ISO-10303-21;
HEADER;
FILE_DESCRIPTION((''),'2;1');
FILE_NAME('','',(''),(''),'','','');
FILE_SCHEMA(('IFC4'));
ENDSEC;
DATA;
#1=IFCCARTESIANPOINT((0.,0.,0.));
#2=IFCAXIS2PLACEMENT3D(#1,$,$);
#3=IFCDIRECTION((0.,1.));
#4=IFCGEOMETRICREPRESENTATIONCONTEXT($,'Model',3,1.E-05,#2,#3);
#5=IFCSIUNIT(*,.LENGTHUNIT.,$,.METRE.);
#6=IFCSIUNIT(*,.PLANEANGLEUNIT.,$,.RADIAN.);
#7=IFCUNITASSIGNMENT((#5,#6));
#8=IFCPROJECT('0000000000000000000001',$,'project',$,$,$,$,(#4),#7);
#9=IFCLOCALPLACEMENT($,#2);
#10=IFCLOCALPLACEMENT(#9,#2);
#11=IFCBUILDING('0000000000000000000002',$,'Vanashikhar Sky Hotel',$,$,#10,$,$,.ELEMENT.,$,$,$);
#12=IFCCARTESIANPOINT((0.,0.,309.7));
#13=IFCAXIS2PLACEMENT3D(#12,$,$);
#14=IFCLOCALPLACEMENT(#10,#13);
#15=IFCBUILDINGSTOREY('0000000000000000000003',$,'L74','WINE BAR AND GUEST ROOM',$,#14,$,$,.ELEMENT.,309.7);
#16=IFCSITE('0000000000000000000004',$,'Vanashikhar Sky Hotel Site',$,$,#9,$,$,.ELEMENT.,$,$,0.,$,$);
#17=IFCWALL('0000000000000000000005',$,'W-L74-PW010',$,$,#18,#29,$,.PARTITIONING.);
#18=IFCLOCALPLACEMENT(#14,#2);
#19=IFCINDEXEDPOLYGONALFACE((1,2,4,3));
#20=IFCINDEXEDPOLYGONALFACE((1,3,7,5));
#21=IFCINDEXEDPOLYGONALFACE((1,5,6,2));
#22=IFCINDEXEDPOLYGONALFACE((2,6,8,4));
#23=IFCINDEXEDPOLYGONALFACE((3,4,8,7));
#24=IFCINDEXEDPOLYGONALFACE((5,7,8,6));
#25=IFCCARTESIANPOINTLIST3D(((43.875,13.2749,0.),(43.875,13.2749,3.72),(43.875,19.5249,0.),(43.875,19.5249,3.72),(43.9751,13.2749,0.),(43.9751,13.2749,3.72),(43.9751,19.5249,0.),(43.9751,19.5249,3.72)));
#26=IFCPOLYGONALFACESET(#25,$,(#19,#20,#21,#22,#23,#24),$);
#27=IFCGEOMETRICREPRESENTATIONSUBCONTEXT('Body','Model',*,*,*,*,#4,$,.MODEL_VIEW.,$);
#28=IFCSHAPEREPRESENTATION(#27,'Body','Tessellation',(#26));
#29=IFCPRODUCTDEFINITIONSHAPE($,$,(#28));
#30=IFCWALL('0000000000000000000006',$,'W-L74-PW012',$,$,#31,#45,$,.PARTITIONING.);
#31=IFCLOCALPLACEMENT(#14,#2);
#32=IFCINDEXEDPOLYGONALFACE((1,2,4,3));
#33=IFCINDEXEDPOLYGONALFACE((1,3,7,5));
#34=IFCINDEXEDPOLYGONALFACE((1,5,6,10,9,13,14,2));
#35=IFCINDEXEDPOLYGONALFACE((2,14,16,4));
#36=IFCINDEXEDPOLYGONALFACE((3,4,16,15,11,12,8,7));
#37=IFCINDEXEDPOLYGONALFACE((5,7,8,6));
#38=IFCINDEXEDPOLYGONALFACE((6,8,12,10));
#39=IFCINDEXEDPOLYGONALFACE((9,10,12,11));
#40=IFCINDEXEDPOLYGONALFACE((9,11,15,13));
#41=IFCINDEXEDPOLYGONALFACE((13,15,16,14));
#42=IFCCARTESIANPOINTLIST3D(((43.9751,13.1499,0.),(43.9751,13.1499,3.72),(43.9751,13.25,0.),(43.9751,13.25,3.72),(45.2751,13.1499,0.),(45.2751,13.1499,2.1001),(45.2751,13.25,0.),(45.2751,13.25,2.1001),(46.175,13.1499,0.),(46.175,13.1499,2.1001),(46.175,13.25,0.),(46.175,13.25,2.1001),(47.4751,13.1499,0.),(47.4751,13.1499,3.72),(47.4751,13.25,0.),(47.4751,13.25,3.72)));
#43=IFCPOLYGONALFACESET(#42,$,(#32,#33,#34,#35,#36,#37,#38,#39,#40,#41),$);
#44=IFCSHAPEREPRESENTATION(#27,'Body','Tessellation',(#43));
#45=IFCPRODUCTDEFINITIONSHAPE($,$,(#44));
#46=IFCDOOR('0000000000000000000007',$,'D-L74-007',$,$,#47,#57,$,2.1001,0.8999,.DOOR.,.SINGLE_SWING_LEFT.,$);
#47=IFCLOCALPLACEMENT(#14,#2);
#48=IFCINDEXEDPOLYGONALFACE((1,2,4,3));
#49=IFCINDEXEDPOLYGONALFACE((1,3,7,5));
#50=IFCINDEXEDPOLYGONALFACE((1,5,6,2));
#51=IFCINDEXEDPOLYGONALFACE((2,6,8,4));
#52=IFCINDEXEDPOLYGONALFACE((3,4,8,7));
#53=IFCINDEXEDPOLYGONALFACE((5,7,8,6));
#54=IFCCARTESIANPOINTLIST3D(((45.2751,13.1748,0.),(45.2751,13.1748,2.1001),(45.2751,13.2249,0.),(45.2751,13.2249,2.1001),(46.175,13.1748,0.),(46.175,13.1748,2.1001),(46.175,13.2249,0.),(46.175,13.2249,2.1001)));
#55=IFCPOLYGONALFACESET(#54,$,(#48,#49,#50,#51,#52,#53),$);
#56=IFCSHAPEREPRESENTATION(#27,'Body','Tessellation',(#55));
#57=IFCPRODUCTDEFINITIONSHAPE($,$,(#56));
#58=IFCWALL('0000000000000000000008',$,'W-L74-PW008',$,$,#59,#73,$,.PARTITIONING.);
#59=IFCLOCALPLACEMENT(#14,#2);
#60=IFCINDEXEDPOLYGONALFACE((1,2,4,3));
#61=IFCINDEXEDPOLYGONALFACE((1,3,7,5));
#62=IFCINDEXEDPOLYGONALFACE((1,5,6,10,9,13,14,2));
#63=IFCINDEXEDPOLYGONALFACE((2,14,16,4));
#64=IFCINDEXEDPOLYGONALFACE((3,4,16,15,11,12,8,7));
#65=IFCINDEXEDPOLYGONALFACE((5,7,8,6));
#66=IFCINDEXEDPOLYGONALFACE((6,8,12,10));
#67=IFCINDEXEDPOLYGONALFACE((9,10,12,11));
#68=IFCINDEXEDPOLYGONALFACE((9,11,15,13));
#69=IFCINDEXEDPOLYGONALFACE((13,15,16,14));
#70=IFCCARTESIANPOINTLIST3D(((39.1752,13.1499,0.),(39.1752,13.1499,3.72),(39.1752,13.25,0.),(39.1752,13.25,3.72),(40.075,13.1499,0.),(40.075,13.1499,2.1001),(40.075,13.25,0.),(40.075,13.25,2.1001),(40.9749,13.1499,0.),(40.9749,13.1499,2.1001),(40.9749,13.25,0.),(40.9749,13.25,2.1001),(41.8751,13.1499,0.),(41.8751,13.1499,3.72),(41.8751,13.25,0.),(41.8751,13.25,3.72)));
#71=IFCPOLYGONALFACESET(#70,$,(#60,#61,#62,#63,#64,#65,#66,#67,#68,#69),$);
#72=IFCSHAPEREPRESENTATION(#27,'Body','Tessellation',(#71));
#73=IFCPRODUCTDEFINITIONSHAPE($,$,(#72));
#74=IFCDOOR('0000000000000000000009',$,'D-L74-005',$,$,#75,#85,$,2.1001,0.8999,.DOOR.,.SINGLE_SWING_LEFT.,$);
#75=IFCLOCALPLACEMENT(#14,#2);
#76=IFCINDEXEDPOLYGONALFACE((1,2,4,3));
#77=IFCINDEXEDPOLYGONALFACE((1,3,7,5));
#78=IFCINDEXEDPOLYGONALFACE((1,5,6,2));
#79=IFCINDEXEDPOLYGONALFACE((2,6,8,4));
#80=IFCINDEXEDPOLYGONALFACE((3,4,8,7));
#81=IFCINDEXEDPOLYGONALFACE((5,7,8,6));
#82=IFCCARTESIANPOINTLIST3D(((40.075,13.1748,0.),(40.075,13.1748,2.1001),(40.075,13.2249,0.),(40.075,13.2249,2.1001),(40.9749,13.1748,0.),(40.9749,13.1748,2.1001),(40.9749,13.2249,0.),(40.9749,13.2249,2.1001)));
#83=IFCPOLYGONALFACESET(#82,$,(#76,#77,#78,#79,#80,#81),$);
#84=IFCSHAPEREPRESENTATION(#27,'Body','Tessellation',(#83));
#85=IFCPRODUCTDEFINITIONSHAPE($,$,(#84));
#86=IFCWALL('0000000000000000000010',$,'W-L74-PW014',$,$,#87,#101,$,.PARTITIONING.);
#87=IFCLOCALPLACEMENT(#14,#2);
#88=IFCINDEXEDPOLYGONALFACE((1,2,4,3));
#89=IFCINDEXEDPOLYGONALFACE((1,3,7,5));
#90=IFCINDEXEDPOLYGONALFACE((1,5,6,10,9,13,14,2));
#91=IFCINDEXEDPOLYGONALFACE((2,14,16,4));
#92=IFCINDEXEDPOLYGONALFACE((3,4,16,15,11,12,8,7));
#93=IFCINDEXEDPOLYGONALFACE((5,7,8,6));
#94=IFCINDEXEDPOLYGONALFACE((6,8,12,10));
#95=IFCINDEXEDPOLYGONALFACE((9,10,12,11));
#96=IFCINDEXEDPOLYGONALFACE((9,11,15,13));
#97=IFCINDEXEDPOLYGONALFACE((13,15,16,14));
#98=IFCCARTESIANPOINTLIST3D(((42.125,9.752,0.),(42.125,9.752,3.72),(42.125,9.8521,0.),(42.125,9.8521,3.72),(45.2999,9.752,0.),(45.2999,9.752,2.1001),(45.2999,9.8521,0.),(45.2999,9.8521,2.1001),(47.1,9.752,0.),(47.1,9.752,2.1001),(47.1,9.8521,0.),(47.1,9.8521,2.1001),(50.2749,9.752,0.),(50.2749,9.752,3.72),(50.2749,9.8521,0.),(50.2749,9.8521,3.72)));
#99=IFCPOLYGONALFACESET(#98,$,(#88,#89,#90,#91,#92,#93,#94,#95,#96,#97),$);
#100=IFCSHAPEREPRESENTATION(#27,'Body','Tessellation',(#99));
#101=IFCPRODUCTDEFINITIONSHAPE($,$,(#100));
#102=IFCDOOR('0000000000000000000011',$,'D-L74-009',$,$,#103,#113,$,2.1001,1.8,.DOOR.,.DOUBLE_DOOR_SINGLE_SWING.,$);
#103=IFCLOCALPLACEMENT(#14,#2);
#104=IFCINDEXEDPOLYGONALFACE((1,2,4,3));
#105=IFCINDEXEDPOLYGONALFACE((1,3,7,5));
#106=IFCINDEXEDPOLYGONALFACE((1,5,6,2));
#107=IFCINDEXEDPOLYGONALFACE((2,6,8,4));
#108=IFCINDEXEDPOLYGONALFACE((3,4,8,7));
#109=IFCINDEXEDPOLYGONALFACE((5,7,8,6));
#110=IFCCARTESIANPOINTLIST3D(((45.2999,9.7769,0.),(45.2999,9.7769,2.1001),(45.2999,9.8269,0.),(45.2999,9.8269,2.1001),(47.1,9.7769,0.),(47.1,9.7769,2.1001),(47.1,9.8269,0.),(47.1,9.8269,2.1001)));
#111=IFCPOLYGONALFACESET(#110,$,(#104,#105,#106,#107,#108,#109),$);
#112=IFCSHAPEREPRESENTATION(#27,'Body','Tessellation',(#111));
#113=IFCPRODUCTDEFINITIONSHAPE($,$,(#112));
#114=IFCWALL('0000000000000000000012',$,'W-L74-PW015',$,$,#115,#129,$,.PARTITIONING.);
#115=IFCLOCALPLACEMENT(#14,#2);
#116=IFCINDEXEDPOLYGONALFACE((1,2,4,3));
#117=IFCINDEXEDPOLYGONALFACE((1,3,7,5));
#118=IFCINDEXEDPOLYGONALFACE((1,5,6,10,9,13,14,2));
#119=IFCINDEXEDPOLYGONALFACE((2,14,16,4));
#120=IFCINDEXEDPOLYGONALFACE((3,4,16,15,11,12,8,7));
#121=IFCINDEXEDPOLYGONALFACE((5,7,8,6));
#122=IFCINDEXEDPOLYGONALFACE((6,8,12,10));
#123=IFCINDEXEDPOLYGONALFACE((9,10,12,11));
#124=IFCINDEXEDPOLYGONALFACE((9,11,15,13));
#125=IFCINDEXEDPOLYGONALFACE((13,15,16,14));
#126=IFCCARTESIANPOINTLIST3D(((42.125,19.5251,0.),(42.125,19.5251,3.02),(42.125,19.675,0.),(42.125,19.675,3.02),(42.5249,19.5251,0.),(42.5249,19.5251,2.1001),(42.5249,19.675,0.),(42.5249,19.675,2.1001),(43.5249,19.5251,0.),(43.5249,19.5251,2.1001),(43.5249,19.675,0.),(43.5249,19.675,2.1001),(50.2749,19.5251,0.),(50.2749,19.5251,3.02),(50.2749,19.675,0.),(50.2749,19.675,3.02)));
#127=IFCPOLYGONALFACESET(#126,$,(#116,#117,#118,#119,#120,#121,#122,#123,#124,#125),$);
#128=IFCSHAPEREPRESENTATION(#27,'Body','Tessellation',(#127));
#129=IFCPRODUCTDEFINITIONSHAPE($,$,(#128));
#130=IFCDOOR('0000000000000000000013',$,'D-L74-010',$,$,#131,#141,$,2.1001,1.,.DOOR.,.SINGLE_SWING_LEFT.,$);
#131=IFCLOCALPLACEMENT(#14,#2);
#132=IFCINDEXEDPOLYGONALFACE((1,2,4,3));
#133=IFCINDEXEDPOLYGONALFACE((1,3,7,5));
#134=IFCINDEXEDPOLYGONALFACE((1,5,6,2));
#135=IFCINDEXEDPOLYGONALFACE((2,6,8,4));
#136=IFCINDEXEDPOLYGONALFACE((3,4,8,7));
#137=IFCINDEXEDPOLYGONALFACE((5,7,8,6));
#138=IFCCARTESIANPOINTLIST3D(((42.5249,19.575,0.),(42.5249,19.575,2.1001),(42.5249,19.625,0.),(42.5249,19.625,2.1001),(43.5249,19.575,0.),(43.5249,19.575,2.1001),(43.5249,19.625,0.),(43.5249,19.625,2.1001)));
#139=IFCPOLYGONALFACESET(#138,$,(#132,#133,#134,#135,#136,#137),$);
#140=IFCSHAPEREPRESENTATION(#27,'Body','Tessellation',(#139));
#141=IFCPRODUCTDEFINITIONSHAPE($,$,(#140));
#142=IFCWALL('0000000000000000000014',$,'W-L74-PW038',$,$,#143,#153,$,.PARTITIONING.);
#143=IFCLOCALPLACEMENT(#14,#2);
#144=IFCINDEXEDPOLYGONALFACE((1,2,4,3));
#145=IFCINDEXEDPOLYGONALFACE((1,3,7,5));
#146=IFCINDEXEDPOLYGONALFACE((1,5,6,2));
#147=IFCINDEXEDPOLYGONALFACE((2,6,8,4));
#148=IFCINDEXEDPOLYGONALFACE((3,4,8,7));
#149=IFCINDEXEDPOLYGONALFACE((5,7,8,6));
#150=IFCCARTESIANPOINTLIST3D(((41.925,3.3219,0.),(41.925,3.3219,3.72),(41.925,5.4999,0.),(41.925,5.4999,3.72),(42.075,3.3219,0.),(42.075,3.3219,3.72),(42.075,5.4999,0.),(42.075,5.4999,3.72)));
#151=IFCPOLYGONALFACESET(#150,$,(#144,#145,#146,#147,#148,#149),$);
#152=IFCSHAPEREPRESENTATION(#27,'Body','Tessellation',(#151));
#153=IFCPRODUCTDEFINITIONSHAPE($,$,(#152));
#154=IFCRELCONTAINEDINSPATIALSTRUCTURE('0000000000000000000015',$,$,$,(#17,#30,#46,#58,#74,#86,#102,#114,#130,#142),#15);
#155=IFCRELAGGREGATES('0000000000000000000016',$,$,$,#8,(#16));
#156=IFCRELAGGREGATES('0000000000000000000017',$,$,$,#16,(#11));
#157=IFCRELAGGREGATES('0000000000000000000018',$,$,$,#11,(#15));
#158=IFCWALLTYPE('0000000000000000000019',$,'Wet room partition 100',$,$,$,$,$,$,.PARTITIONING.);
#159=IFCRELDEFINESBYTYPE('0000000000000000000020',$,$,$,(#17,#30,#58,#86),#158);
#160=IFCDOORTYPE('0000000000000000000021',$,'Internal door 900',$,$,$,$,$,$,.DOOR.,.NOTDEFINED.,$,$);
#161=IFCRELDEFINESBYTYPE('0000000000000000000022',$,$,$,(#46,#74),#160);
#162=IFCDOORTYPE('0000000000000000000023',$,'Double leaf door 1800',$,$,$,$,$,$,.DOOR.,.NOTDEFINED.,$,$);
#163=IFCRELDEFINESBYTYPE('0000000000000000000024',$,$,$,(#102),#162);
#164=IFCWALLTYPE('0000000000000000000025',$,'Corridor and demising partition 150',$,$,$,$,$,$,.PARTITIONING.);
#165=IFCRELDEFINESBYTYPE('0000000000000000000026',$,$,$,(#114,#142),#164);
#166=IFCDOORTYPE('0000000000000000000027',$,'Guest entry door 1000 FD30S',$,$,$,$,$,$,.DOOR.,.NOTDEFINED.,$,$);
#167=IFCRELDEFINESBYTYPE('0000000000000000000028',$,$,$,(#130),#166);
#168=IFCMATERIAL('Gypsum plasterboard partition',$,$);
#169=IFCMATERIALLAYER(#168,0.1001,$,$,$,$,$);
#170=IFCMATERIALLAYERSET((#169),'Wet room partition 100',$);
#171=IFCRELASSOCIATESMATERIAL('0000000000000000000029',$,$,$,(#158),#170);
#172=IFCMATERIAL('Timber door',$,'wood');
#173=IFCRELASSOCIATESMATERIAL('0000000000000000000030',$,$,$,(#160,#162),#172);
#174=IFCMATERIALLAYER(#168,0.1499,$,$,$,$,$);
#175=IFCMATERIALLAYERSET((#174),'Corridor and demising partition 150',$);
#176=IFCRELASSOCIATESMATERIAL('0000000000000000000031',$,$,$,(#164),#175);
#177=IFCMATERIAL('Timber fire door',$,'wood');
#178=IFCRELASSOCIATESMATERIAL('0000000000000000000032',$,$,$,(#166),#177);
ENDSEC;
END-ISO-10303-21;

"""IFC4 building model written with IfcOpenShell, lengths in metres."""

from ifc_helpers import new_model, si_unit, direction, frame, frame_2d, origin, place, context, subcontext, project, spatial, rectangle, extrude, source, transform, mapped, material, layer, layer_set, type_object, element, fill, save


model = new_model("IFC4")

# Units and contexts
model_context = context("Model", 3, precision=1e-05, world=origin(), true_north=direction((0.0, 1.0)))
body_context = subcontext(model_context, "Body", "Model", "MODEL_VIEW")
ifc_project = project(units=[si_unit("LENGTHUNIT", "METRE"), si_unit("PLANEANGLEUNIT", "RADIAN")], contexts=[model_context])

# Site, building, storey
site_placement = place(None, origin())
site = spatial("IfcSite", under=ifc_project, at=site_placement, Name="Vanashikhar Sky Hotel Site", CompositionType="ELEMENT", RefElevation=0.0)
building_placement = place(site_placement, origin())
building = spatial("IfcBuilding", under=site, at=building_placement, Name="Vanashikhar Sky Hotel", CompositionType="ELEMENT")
storey_placement = place(building_placement, frame((0.0, 0.0, 309.7)))
storey = spatial("IfcBuildingStorey", under=building, at=storey_placement, Name="L74", Description="WINE BAR AND GUEST ROOM", CompositionType="ELEMENT", Elevation=309.7)

# Wall
ifc_material_1 = material(Name="Gypsum plasterboard partition")
ifc_layer_1 = layer(ifc_material_1, 0.1001)
ifc_layer_set_1 = layer_set([ifc_layer_1], Name="Wet room partition 100")
wall_type_1 = type_object("IfcWallType", Name="Wet room partition 100", PredefinedType="PARTITIONING", material=ifc_layer_set_1)
shared_shape_1 = source(origin(), body_context, "Body", "SweptSolid", [
    extrude(rectangle(XDim=6.25, YDim=0.1001, at=frame_2d((3.125, 0.0))), origin(), (0.0, 0.0, 1.0), 3.72),
])
for number, where, z_axis, x_axis, name in (
    (1, (43.925, 13.2749, 0.0), (0.0, 0.0, 1.0), (0.0, 1.0, 0.0), "W-L74-PW010"),
):
    element("IfcWall", number, at=place(storey_placement, frame(where, z_axis=z_axis, x_axis=x_axis)), inside=storey, type_object=wall_type_1, Name=name, PredefinedType="PARTITIONING", context=body_context, shape_type="MappedRepresentation", body=[
        mapped(shared_shape_1, transform((0.0, 0.0, 0.0), scale=1.0)),
    ])

# Walls, openings, doors
shared_shape_2 = source(origin(), body_context, "Body", "SweptSolid", [
    extrude(rectangle(XDim=3.5, YDim=0.1001, at=frame_2d((1.75, 0.0))), origin(), (0.0, 0.0, 1.0), 3.72),
])
wall_1_placement = place(storey_placement, frame((43.9751, 13.2, 0.0), z_axis=(0.0, 0.0, 1.0), x_axis=(1.0, 0.0, 0.0)))
wall_1 = element("IfcWall", 2, at=wall_1_placement, inside=storey, type_object=wall_type_1, Name="W-L74-PW012", PredefinedType="PARTITIONING", context=body_context, shape_type="MappedRepresentation", body=[
    mapped(shared_shape_2, transform((0.0, 0.0, 0.0), scale=1.0)),
])
shared_shape_3 = source(origin(), body_context, "Body", "SweptSolid", [
    extrude(rectangle(XDim=0.8999, YDim=2.1001, at=frame_2d((0.45, 1.05))), frame((0.0, 0.0601, 0.0), z_axis=(0.0, -1.0, 0.0), x_axis=(1.0, 0.0, 0.0)), (0.0, 0.0, 1.0), 0.1201),
])
opening_1_placement = place(wall_1_placement, frame((1.3, 0.0, 0.0)))
opening_1 = element("IfcOpeningElement", 3, at=opening_1_placement, cuts=wall_1, PredefinedType="OPENING", context=body_context, shape_type="MappedRepresentation", body=[
    mapped(shared_shape_3, transform((0.0, 0.0, 0.0), scale=1.0)),
])
ifc_material_2 = material(Name="Timber door", Category="wood")
door_type_1 = type_object("IfcDoorType", Name="Internal door 900", OperationType="NOTDEFINED", PredefinedType="DOOR", material=ifc_material_2)
shared_shape_4 = source(origin(), body_context, "Body", "SweptSolid", [
    extrude(rectangle(XDim=0.8999, YDim=2.1001, at=frame_2d((0.45, 1.05))), frame((0.0, 0.0249, 0.0), z_axis=(0.0, -1.0, 0.0), x_axis=(1.0, 0.0, 0.0)), (0.0, 0.0, 1.0), 0.05),
])
door_1_placement = place(opening_1_placement, origin())
door_1 = element("IfcDoor", 4, at=door_1_placement, inside=storey, type_object=door_type_1, Name="D-L74-007", OperationType="SINGLE_SWING_LEFT", OverallHeight=2.1001, OverallWidth=0.8999, PredefinedType="DOOR", context=body_context, shape_type="MappedRepresentation", body=[
    mapped(shared_shape_4, transform((0.0, 0.0, 0.0), scale=1.0)),
])
fill(opening_1, door_1)
shared_shape_5 = source(origin(), body_context, "Body", "SweptSolid", [
    extrude(rectangle(XDim=2.7, YDim=0.1001, at=frame_2d((1.3501, 0.0))), origin(), (0.0, 0.0, 1.0), 3.72),
])
wall_2_placement = place(storey_placement, frame((39.175, 13.2, 0.0), z_axis=(0.0, 0.0, 1.0), x_axis=(1.0, 0.0, 0.0)))
wall_2 = element("IfcWall", 5, at=wall_2_placement, inside=storey, type_object=wall_type_1, Name="W-L74-PW008", PredefinedType="PARTITIONING", context=body_context, shape_type="MappedRepresentation", body=[
    mapped(shared_shape_5, transform((0.0, 0.0, 0.0), scale=1.0)),
])
opening_2_placement = place(wall_2_placement, frame((0.8999, 0.0, 0.0)))
opening_2 = element("IfcOpeningElement", 6, at=opening_2_placement, cuts=wall_2, PredefinedType="OPENING", context=body_context, shape_type="MappedRepresentation", body=[
    mapped(shared_shape_3, transform((0.0, 0.0, 0.0), scale=1.0)),
])
door_2_placement = place(opening_2_placement, origin())
door_2 = element("IfcDoor", 7, at=door_2_placement, inside=storey, type_object=door_type_1, Name="D-L74-005", OperationType="SINGLE_SWING_LEFT", OverallHeight=2.1001, OverallWidth=0.8999, PredefinedType="DOOR", context=body_context, shape_type="MappedRepresentation", body=[
    mapped(shared_shape_4, transform((0.0, 0.0, 0.0), scale=1.0)),
])
fill(opening_2, door_2)
shared_shape_6 = source(origin(), body_context, "Body", "SweptSolid", [
    extrude(rectangle(XDim=8.1499, YDim=0.1001, at=frame_2d((4.075, 0.0))), origin(), (0.0, 0.0, 1.0), 3.72),
])
wall_3_placement = place(storey_placement, frame((42.125, 9.802, 0.0), z_axis=(0.0, 0.0, 1.0), x_axis=(1.0, 0.0, 0.0)))
wall_3 = element("IfcWall", 8, at=wall_3_placement, inside=storey, type_object=wall_type_1, Name="W-L74-PW014", PredefinedType="PARTITIONING", context=body_context, shape_type="MappedRepresentation", body=[
    mapped(shared_shape_6, transform((0.0, 0.0, 0.0), scale=1.0)),
])
shared_shape_7 = source(origin(), body_context, "Body", "SweptSolid", [
    extrude(rectangle(XDim=1.8, YDim=2.1001, at=frame_2d((0.8999, 1.05))), frame((0.0, 0.0601, 0.0), z_axis=(0.0, -1.0, 0.0), x_axis=(1.0, 0.0, 0.0)), (0.0, 0.0, 1.0), 0.1201),
])
opening_3_placement = place(wall_3_placement, frame((3.175, 0.0, 0.0)))
opening_3 = element("IfcOpeningElement", 9, at=opening_3_placement, cuts=wall_3, PredefinedType="OPENING", context=body_context, shape_type="MappedRepresentation", body=[
    mapped(shared_shape_7, transform((0.0, 0.0, 0.0), scale=1.0)),
])
door_type_2 = type_object("IfcDoorType", Name="Double leaf door 1800", OperationType="NOTDEFINED", PredefinedType="DOOR", material=ifc_material_2)
shared_shape_8 = source(origin(), body_context, "Body", "SweptSolid", [
    extrude(rectangle(XDim=1.8, YDim=2.1001, at=frame_2d((0.8999, 1.05))), frame((0.0, 0.0249, 0.0), z_axis=(0.0, -1.0, 0.0), x_axis=(1.0, 0.0, 0.0)), (0.0, 0.0, 1.0), 0.05),
])
door_3_placement = place(opening_3_placement, origin())
door_3 = element("IfcDoor", 10, at=door_3_placement, inside=storey, type_object=door_type_2, Name="D-L74-009", OperationType="DOUBLE_DOOR_SINGLE_SWING", OverallHeight=2.1001, OverallWidth=1.8, PredefinedType="DOOR", context=body_context, shape_type="MappedRepresentation", body=[
    mapped(shared_shape_8, transform((0.0, 0.0, 0.0), scale=1.0)),
])
fill(opening_3, door_3)
ifc_layer_2 = layer(ifc_material_1, 0.1499)
ifc_layer_set_2 = layer_set([ifc_layer_2], Name="Corridor and demising partition 150")
wall_type_2 = type_object("IfcWallType", Name="Corridor and demising partition 150", PredefinedType="PARTITIONING", material=ifc_layer_set_2)
shared_shape_9 = source(origin(), body_context, "Body", "SweptSolid", [
    extrude(rectangle(XDim=8.1499, YDim=0.1499, at=frame_2d((4.075, 0.0))), origin(), (0.0, 0.0, 1.0), 3.02),
])
wall_4_placement = place(storey_placement, frame((42.125, 19.6001, 0.0), z_axis=(0.0, 0.0, 1.0), x_axis=(1.0, 0.0, 0.0)))
wall_4 = element("IfcWall", 11, at=wall_4_placement, inside=storey, type_object=wall_type_2, Name="W-L74-PW015", PredefinedType="PARTITIONING", context=body_context, shape_type="MappedRepresentation", body=[
    mapped(shared_shape_9, transform((0.0, 0.0, 0.0), scale=1.0)),
])
shared_shape_10 = source(origin(), body_context, "Body", "SweptSolid", [
    extrude(rectangle(XDim=1.0, YDim=2.1001, at=frame_2d((0.5, 1.05))), frame((0.0, 0.085, 0.0), z_axis=(0.0, -1.0, 0.0), x_axis=(1.0, 0.0, 0.0)), (0.0, 0.0, 1.0), 0.1699),
])
opening_4_placement = place(wall_4_placement, frame((0.3999, 0.0, 0.0)))
opening_4 = element("IfcOpeningElement", 12, at=opening_4_placement, cuts=wall_4, PredefinedType="OPENING", context=body_context, shape_type="MappedRepresentation", body=[
    mapped(shared_shape_10, transform((0.0, 0.0, 0.0), scale=1.0)),
])
ifc_material_3 = material(Name="Timber fire door", Category="wood")
door_type_3 = type_object("IfcDoorType", Name="Guest entry door 1000 FD30S", OperationType="NOTDEFINED", PredefinedType="DOOR", material=ifc_material_3)
shared_shape_11 = source(origin(), body_context, "Body", "SweptSolid", [
    extrude(rectangle(XDim=1.0, YDim=2.1001, at=frame_2d((0.5, 1.05))), frame((0.0, 0.0249, 0.0), z_axis=(0.0, -1.0, 0.0), x_axis=(1.0, 0.0, 0.0)), (0.0, 0.0, 1.0), 0.05),
])
door_4_placement = place(opening_4_placement, origin())
door_4 = element("IfcDoor", 13, at=door_4_placement, inside=storey, type_object=door_type_3, Name="D-L74-010", OperationType="SINGLE_SWING_LEFT", OverallHeight=2.1001, OverallWidth=1.0, PredefinedType="DOOR", context=body_context, shape_type="MappedRepresentation", body=[
    mapped(shared_shape_11, transform((0.0, 0.0, 0.0), scale=1.0)),
])
fill(opening_4, door_4)

# Wall
shared_shape_12 = source(origin(), body_context, "Body", "SweptSolid", [
    extrude(rectangle(XDim=2.178, YDim=0.1499, at=frame_2d((1.0889, 0.0))), origin(), (0.0, 0.0, 1.0), 3.72),
])
wall_5_placement = place(storey_placement, frame((42.0, 3.322, 0.0), z_axis=(0.0, 0.0, 1.0), x_axis=(0.0, 1.0, 0.0)))
element("IfcWall", 14, at=wall_5_placement, inside=storey, type_object=wall_type_2, Name="W-L74-PW038", PredefinedType="PARTITIONING", context=body_context, shape_type="MappedRepresentation", body=[
    mapped(shared_shape_12, transform((0.0, 0.0, 0.0), scale=1.0)),
])

save(model, "model.ifc")
